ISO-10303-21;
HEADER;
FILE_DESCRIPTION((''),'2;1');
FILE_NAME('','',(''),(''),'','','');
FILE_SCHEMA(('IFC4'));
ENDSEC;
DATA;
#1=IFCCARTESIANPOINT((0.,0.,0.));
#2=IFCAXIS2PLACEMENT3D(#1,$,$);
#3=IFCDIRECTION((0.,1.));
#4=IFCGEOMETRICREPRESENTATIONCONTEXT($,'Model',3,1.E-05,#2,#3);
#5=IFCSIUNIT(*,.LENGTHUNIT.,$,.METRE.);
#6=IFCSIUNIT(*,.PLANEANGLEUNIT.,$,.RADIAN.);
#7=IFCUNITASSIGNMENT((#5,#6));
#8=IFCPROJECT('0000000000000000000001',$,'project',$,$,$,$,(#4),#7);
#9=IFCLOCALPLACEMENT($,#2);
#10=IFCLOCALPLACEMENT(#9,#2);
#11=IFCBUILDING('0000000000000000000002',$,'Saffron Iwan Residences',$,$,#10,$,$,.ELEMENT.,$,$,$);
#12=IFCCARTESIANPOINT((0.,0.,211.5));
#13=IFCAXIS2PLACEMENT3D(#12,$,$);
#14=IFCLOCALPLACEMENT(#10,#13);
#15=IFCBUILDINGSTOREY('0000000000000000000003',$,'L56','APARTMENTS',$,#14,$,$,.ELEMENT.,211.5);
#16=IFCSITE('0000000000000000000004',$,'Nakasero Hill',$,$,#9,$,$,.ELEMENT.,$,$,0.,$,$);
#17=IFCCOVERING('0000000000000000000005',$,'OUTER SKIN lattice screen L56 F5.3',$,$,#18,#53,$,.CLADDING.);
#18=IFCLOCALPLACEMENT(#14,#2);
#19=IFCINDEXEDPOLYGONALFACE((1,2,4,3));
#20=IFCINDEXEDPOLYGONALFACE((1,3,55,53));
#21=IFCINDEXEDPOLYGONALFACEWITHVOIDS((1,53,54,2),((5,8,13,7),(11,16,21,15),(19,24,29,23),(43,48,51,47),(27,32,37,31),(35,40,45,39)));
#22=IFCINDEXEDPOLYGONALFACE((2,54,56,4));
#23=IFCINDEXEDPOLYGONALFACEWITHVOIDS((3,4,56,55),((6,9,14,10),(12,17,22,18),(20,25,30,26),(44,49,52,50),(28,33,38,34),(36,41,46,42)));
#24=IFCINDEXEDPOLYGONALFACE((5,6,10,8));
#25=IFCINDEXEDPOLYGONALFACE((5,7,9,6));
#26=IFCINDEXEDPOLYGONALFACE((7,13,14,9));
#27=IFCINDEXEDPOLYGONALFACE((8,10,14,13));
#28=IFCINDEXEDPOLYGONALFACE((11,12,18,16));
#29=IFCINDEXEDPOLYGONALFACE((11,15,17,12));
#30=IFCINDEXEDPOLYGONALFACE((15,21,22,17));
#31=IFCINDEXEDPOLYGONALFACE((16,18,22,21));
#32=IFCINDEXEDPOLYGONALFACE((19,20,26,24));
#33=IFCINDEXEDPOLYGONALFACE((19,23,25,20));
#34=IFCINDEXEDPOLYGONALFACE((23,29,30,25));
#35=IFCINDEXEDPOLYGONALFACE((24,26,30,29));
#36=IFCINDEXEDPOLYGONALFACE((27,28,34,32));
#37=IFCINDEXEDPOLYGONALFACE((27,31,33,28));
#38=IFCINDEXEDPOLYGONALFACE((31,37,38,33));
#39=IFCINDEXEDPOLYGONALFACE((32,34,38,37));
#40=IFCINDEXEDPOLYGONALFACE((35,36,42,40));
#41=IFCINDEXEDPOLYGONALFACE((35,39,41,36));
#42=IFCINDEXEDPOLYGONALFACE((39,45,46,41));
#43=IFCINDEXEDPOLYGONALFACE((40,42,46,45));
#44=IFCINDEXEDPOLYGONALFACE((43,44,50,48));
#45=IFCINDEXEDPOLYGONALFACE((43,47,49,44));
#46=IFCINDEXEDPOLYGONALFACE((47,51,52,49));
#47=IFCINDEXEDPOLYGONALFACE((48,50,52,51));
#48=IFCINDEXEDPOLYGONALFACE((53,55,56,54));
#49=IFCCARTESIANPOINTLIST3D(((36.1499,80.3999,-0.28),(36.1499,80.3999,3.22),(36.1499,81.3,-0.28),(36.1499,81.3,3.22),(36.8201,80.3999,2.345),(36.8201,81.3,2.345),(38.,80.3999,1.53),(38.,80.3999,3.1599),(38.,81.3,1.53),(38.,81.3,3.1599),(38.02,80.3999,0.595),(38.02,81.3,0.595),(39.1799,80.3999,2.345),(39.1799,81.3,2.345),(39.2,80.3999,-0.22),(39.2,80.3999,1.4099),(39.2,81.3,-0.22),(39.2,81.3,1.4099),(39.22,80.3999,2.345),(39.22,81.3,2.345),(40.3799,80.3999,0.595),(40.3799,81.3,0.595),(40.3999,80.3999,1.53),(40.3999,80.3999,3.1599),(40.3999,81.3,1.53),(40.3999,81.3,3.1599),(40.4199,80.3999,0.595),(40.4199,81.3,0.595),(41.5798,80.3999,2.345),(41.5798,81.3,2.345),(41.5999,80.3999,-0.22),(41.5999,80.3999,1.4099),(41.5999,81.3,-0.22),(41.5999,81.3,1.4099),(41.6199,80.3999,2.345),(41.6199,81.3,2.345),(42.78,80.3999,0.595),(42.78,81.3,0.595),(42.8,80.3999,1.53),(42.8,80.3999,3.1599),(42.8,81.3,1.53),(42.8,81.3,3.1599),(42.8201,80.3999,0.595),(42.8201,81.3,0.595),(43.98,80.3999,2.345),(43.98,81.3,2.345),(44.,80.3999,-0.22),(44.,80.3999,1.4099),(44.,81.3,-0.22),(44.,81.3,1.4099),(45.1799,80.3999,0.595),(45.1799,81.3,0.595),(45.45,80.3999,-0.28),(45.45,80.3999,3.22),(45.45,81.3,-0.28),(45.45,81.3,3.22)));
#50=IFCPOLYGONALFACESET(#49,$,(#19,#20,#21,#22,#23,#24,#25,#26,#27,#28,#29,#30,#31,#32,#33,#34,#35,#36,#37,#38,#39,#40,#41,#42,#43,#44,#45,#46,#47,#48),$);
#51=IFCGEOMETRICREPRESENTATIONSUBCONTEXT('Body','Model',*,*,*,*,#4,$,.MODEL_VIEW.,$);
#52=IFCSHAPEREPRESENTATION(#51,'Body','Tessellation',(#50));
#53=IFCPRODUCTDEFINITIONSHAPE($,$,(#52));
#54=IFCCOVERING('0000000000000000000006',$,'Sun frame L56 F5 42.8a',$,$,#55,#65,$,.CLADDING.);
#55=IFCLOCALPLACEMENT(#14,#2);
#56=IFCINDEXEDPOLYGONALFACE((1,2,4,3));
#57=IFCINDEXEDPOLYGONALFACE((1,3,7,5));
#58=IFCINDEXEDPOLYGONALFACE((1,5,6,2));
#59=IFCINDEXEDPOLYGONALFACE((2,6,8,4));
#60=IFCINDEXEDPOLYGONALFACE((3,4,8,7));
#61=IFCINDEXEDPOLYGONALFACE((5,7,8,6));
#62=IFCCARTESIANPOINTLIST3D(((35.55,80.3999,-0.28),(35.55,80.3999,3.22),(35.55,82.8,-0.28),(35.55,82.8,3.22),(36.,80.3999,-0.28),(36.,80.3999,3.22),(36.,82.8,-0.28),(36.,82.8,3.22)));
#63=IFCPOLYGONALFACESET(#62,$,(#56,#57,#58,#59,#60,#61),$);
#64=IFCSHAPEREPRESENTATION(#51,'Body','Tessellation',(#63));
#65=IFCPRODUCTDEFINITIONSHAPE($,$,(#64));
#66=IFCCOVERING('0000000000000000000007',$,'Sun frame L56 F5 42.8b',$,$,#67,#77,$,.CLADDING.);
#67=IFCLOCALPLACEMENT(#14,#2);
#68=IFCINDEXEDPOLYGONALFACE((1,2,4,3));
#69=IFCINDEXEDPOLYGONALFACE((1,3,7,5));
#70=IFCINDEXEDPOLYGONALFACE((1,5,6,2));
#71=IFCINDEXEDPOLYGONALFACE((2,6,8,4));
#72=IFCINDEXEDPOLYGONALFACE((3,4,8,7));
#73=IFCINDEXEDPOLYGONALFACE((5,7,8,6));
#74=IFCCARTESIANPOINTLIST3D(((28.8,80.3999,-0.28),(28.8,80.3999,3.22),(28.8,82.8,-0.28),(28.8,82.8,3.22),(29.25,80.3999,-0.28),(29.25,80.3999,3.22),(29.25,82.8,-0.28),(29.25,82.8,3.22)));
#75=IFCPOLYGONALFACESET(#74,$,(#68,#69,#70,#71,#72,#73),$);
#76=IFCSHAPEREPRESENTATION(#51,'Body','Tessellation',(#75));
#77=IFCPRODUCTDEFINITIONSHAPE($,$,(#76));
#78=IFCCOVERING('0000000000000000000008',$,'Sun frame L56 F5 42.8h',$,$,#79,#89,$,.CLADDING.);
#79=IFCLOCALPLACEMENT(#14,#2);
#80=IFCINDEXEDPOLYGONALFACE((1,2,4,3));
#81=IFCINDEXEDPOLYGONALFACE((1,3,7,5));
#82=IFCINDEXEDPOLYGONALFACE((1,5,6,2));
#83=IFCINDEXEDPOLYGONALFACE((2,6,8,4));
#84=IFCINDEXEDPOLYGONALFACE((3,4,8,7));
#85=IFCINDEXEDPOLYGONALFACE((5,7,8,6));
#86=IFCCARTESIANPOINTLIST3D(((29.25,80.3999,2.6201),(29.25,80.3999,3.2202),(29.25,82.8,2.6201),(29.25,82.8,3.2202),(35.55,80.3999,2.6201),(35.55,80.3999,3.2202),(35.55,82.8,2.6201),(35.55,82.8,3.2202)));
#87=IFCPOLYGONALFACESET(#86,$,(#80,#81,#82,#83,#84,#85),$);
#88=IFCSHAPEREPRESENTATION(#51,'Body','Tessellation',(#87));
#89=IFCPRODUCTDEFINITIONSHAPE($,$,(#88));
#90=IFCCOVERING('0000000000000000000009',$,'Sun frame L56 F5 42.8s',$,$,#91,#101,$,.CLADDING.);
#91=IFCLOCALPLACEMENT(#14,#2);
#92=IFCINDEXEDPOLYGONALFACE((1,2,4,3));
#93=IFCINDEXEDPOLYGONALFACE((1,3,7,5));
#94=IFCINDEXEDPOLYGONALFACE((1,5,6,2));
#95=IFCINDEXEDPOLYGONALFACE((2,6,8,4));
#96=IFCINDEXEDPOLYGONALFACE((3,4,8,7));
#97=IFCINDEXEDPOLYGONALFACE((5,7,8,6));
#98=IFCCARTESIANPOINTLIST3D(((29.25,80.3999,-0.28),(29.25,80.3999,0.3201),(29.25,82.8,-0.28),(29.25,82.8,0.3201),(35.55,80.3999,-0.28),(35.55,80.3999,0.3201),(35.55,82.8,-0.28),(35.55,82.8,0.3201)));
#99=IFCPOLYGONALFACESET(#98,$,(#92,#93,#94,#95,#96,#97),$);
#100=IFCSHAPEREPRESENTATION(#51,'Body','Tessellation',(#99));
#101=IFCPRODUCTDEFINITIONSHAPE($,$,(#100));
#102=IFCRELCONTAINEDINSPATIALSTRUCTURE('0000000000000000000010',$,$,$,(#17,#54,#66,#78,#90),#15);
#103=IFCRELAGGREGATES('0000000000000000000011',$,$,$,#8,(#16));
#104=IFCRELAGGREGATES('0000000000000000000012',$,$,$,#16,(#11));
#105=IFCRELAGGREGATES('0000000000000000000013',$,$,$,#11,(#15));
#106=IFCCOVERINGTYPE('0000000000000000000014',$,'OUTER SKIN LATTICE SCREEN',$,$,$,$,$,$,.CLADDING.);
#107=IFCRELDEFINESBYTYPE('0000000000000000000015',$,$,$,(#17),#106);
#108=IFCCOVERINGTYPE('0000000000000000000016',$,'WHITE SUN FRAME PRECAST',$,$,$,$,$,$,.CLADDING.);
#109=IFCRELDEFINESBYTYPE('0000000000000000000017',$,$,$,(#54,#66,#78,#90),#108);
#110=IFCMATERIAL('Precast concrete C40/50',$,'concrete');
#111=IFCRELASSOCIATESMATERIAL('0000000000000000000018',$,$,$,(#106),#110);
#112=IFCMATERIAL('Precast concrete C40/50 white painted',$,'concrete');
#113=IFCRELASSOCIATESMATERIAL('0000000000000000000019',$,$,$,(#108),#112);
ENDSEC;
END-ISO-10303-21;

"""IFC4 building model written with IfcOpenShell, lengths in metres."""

from ifc_helpers import new_model, si_unit, direction, frame, origin, place, context, subcontext, project, spatial, polyline, outline, extrude, material, type_object, element, save


model = new_model("IFC4")

# Units and contexts
model_context = context("Model", 3, precision=1e-05, world=origin(), true_north=direction((0.0, 1.0)))
body_context = subcontext(model_context, "Body", "Model", "MODEL_VIEW")
ifc_project = project(units=[si_unit("LENGTHUNIT", "METRE"), si_unit("PLANEANGLEUNIT", "RADIAN")], contexts=[model_context])

# Site, building, storey
site_placement = place(None, origin())
site = spatial("IfcSite", under=ifc_project, at=site_placement, Name="Nakasero Hill", CompositionType="ELEMENT", RefElevation=0.0)
building_placement = place(site_placement, origin())
building = spatial("IfcBuilding", under=site, at=building_placement, Name="Saffron Iwan Residences", CompositionType="ELEMENT")
storey_placement = place(building_placement, frame((0.0, 0.0, 211.5)))
storey = spatial("IfcBuildingStorey", under=building, at=storey_placement, Name="L56", Description="APARTMENTS", CompositionType="ELEMENT", Elevation=211.5)

# Coverings
ifc_material_1 = material(Name="Precast concrete C40/50", Category="concrete")
covering_type_1 = type_object("IfcCoveringType", Name="OUTER SKIN LATTICE SCREEN", PredefinedType="CLADDING", material=ifc_material_1)
covering_placement = place(storey_placement, frame((45.45, 80.3999, -0.28), z_axis=(0.0, 1.0, 0.0), x_axis=(-1.0, 0.0, 0.0)))
element("IfcCovering", 1, at=covering_placement, inside=storey, type_object=covering_type_1, Name="OUTER SKIN lattice screen L56 F5.3", PredefinedType="CLADDING", context=body_context, shape_type="SweptSolid", body=[
    extrude(outline(polyline([(0.0, 0.0), (9.3, 0.0), (9.3, 3.5), (0.0, 3.5), (0.0, 0.0)]), holes=[polyline([(0.27, 0.875), (1.45, 0.0601), (2.6299, 0.875), (1.45, 1.6899), (0.27, 0.875)]), polyline([(2.6699, 0.875), (3.8501, 0.0601), (5.03, 0.875), (3.8501, 1.6899), (2.6699, 0.875)]), polyline([(5.0701, 0.875), (6.25, 0.0601), (7.4299, 0.875), (6.25, 1.6899), (5.0701, 0.875)]), polyline([(1.47, 2.625), (2.6499, 1.8101), (3.8301, 2.625), (2.6499, 3.4399), (1.47, 2.625)]), polyline([(3.8701, 2.625), (5.05, 1.8101), (6.23, 2.625), (5.05, 3.4399), (3.8701, 2.625)]), polyline([(6.27, 2.625), (7.45, 1.8101), (8.6299, 2.625), (7.45, 3.4399), (6.27, 2.625)])]), origin(), (0.0, 0.0, 1.0), 0.9001),
])
ifc_material_2 = material(Name="Precast concrete C40/50 white painted", Category="concrete")
covering_type_2 = type_object("IfcCoveringType", Name="WHITE SUN FRAME PRECAST", PredefinedType="CLADDING", material=ifc_material_2)
for number, where, z_axis, x_axis, name in (
    (2, (36.0, 80.3999, -0.28), (0.0, 1.0, 0.0), (-1.0, 0.0, 0.0), "Sun frame L56 F5 42.8a"),
    (3, (29.25, 80.3999, -0.28), (0.0, 1.0, 0.0), (-1.0, 0.0, 0.0), "Sun frame L56 F5 42.8b"),
):
    element("IfcCovering", number, at=place(storey_placement, frame(where, z_axis=z_axis, x_axis=x_axis)), inside=storey, type_object=covering_type_2, Name=name, PredefinedType="CLADDING", context=body_context, shape_type="SweptSolid", body=[
        extrude(outline(polyline([(0.0, 0.0), (0.45, 0.0), (0.45, 3.5), (0.0, 3.5), (0.0, 0.0)])), origin(), (0.0, 0.0, 1.0), 2.4001),
    ])
for number, where, z_axis, x_axis, name in (
    (4, (35.55, 80.3999, 2.6201), (0.0, 1.0, 0.0), (-1.0, 0.0, 0.0), "Sun frame L56 F5 42.8h"),
    (5, (35.55, 80.3999, -0.28), (0.0, 1.0, 0.0), (-1.0, 0.0, 0.0), "Sun frame L56 F5 42.8s"),
):
    element("IfcCovering", number, at=place(storey_placement, frame(where, z_axis=z_axis, x_axis=x_axis)), inside=storey, type_object=covering_type_2, Name=name, PredefinedType="CLADDING", context=body_context, shape_type="SweptSolid", body=[
        extrude(outline(polyline([(0.0, 0.0), (6.3, 0.0), (6.3, 0.6001), (0.0, 0.6001), (0.0, 0.0)])), origin(), (0.0, 0.0, 1.0), 2.4001),
    ])

save(model, "model.ifc")
